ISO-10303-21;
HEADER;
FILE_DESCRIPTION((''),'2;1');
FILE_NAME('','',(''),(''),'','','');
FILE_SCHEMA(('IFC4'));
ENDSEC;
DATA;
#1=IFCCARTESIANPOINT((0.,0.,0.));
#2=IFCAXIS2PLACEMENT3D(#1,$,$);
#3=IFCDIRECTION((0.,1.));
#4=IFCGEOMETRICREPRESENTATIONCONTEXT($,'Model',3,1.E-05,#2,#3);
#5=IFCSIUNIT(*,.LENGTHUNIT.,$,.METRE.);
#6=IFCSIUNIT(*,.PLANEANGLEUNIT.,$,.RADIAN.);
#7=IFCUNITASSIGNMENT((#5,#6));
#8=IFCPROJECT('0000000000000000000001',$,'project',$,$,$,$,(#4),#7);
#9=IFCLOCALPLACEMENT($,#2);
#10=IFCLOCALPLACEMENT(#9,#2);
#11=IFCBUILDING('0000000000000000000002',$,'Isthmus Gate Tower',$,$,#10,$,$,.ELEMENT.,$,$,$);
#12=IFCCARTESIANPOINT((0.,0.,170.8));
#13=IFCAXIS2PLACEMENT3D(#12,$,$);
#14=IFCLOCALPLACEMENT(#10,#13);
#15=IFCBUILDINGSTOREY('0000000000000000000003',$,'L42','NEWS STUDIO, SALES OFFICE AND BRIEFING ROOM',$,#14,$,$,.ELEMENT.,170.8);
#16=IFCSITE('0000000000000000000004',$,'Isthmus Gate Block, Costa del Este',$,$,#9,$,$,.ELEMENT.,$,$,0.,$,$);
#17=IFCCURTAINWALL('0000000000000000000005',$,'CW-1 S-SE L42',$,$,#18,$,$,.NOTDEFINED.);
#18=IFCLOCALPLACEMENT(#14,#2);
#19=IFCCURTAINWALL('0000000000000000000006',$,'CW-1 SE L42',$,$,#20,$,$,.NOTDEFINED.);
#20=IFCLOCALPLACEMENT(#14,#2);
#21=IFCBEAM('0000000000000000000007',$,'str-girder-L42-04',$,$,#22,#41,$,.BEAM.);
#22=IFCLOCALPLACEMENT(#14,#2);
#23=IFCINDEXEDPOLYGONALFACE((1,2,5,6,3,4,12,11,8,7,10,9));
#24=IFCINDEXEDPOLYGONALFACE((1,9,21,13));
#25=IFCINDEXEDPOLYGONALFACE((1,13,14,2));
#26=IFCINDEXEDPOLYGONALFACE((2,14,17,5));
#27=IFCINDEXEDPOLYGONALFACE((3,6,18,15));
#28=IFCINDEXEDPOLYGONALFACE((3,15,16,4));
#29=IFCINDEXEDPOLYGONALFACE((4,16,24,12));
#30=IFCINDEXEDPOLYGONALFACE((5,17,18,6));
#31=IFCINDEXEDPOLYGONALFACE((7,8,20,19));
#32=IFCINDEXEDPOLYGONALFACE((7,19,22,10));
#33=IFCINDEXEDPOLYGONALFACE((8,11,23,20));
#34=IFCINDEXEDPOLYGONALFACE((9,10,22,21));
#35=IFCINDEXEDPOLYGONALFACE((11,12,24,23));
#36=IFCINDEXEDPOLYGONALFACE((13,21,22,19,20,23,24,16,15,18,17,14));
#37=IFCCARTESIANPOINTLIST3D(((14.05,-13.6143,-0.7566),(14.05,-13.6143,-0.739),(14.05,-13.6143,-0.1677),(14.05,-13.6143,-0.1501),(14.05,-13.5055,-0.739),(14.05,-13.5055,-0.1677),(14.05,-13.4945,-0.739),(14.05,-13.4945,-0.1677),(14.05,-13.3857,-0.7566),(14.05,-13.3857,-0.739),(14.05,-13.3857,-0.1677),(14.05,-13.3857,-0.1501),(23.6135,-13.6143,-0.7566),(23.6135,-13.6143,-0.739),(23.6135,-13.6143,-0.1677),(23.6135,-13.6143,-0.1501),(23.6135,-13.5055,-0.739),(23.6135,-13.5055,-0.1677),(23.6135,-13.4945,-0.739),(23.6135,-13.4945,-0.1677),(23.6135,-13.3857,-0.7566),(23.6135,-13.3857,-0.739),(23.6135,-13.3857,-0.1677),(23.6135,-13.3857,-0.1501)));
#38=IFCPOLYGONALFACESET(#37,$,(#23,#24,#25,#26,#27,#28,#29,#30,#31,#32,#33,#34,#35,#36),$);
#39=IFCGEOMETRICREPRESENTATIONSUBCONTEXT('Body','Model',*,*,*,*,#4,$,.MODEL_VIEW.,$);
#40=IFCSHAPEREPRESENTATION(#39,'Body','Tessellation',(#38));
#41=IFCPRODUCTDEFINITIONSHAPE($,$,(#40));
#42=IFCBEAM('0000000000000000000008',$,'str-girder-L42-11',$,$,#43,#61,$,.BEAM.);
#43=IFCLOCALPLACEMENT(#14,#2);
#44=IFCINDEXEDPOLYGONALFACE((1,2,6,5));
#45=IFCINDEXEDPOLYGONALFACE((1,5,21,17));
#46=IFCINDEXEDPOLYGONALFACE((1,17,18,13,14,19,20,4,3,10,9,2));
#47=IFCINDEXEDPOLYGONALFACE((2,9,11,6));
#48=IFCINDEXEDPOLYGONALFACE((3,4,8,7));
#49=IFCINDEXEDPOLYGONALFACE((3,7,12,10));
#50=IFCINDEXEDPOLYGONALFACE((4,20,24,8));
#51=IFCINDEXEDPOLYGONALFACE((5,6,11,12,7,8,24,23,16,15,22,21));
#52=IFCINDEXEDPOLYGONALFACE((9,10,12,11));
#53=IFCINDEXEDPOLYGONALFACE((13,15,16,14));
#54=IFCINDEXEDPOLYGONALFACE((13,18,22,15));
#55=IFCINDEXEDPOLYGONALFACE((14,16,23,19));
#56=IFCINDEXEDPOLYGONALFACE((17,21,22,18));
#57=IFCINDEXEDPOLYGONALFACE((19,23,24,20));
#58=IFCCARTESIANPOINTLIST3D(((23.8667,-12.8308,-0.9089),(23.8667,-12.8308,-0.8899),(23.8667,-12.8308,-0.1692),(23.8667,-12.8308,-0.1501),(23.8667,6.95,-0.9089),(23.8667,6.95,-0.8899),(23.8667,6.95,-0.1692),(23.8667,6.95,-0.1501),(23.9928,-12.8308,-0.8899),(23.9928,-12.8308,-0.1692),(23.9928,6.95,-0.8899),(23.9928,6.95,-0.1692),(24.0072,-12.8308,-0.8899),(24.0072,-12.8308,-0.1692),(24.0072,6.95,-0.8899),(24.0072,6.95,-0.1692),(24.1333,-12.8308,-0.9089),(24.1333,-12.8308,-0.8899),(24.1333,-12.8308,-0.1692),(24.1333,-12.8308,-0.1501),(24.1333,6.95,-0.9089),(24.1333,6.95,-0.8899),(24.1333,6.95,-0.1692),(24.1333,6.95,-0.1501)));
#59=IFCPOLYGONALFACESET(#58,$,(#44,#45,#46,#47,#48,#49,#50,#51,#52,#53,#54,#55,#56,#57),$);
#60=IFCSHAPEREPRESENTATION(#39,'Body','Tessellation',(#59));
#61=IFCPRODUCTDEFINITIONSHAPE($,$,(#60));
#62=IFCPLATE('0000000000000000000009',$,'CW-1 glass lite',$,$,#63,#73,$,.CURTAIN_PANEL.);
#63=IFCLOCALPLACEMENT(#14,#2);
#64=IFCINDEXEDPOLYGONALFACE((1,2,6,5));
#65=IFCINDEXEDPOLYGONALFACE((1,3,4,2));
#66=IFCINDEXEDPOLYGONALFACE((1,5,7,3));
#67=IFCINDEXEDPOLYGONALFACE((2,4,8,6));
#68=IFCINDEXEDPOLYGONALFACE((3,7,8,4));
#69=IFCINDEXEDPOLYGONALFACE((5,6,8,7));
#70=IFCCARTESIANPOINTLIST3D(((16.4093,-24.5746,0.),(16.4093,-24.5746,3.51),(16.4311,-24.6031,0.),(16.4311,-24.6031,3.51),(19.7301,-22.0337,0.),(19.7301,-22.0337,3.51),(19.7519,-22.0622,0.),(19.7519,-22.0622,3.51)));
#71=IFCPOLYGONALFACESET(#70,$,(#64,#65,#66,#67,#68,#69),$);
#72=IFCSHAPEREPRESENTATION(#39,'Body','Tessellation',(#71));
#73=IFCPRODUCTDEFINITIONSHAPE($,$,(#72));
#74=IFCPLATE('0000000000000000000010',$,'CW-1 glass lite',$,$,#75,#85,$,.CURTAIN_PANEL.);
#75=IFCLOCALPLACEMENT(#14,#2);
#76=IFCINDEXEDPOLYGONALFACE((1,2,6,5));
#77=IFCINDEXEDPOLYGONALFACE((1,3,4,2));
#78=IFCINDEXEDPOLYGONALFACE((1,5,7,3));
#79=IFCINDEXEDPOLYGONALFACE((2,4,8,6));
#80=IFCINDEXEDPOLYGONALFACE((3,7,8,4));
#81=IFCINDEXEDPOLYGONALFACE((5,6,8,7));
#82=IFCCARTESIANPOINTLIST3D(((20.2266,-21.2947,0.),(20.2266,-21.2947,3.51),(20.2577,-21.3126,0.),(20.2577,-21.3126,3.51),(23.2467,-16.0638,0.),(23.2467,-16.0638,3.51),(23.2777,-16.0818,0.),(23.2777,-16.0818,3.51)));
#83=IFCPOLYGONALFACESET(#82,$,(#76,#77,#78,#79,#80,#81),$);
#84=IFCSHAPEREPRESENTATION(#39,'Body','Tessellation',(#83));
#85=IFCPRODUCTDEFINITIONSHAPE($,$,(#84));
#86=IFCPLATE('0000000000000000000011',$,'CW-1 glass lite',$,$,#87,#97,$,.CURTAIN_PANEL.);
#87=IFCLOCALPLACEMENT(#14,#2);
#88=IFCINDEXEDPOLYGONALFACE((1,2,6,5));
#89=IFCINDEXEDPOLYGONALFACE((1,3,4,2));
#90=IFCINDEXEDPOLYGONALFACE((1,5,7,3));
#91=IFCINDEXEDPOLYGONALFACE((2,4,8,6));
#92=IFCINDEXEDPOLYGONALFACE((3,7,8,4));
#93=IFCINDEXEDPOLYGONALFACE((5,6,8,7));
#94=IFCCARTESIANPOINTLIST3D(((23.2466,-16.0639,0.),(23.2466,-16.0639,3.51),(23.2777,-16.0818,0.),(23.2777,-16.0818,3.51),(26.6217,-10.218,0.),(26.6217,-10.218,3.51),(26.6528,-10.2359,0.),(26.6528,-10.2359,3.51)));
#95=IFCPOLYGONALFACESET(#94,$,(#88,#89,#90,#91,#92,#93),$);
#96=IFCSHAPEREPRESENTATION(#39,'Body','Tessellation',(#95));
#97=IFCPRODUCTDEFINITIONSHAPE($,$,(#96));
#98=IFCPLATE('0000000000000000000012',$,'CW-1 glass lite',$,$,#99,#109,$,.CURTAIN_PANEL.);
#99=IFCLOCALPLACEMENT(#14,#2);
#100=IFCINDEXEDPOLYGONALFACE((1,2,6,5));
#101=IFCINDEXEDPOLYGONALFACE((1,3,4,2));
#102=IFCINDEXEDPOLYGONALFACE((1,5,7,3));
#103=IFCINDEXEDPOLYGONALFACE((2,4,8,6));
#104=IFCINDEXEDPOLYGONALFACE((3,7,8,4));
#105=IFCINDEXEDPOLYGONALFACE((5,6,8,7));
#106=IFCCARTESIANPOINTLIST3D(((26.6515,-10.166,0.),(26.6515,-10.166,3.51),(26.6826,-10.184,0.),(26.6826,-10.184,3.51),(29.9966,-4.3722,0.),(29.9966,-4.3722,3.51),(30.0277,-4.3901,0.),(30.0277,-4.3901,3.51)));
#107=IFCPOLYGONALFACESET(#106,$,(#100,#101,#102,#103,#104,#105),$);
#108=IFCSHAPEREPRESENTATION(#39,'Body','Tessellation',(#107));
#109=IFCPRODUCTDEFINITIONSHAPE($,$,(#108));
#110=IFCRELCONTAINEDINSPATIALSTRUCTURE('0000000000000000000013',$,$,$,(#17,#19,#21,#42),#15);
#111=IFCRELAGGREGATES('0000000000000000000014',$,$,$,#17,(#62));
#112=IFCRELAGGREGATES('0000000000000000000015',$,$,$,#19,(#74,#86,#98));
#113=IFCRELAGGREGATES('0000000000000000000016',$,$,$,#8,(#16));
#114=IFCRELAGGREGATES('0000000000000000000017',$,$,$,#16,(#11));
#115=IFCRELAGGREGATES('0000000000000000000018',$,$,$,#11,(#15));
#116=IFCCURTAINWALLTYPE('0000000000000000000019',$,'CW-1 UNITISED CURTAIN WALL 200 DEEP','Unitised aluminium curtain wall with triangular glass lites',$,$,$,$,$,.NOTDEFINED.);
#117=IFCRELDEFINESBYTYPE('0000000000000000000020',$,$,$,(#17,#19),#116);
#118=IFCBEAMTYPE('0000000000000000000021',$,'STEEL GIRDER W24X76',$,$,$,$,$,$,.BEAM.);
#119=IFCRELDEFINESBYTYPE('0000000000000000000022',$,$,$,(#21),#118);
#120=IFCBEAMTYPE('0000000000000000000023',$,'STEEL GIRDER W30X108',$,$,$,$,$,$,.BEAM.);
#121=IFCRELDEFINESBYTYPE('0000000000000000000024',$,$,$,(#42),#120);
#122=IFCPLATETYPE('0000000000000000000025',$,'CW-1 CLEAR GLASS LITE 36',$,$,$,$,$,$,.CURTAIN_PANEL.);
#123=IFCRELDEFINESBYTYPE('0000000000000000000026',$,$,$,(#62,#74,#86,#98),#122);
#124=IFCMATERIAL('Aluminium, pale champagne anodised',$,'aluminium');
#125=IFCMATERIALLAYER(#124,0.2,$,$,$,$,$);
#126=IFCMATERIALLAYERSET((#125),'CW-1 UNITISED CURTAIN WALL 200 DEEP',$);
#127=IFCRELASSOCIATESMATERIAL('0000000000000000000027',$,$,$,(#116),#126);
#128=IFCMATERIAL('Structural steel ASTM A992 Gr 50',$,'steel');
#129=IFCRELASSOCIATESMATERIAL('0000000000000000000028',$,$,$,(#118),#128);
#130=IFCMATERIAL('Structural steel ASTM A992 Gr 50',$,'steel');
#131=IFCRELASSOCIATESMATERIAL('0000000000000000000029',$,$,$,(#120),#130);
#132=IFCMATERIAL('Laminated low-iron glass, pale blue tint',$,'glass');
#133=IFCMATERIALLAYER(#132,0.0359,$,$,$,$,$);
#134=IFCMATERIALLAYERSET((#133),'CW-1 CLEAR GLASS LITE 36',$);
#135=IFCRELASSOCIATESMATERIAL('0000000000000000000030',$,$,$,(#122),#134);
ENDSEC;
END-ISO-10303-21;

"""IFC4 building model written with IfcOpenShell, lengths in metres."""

from ifc_helpers import new_model, si_unit, direction, frame, origin, origin_2d, place, context, subcontext, project, spatial, rectangle, i_section, extrude, material, layer, layer_set, material_profile, profile_set, type_object, element, aggregate, save


model = new_model("IFC4")

# Units and contexts
model_context = context("Model", 3, precision=1e-05, world=origin(), true_north=direction((0.0, 1.0)))
body_context = subcontext(model_context, "Body", "Model", "MODEL_VIEW")
ifc_project = project(units=[si_unit("LENGTHUNIT", "METRE"), si_unit("PLANEANGLEUNIT", "RADIAN")], contexts=[model_context])

# Site, building, storey
site_placement = place(None, origin())
site = spatial("IfcSite", under=ifc_project, at=site_placement, Name="Isthmus Gate Block, Costa del Este", CompositionType="ELEMENT", RefElevation=0.0)
building_placement = place(site_placement, origin())
building = spatial("IfcBuilding", under=site, at=building_placement, Name="Isthmus Gate Tower", CompositionType="ELEMENT")
storey_placement = place(building_placement, frame((0.0, 0.0, 170.8)))
storey = spatial("IfcBuildingStorey", under=building, at=storey_placement, Name="L42", Description="NEWS STUDIO, SALES OFFICE AND BRIEFING ROOM", CompositionType="ELEMENT", Elevation=170.8)

# Curtain wall
ifc_material_1 = material(Name="Aluminium, pale champagne anodised", Category="aluminium")
ifc_layer_1 = layer(ifc_material_1, 0.2)
ifc_layer_set_1 = layer_set([ifc_layer_1], Name="CW-1 UNITISED CURTAIN WALL 200 DEEP")
curtain_wall_type = type_object("IfcCurtainWallType", Name="CW-1 UNITISED CURTAIN WALL 200 DEEP", Description="Unitised aluminium curtain wall with triangular glass lites", PredefinedType="NOTDEFINED", material=ifc_layer_set_1)
curtain_wall_1_placement = place(storey_placement, origin())
curtain_wall_1 = element("IfcCurtainWall", 1, at=curtain_wall_1_placement, inside=storey, type_object=curtain_wall_type, Name="CW-1 S-SE L42", PredefinedType="NOTDEFINED")

# Curtain wall
curtain_wall_2_placement = place(storey_placement, origin())
curtain_wall_2 = element("IfcCurtainWall", 2, at=curtain_wall_2_placement, inside=storey, type_object=curtain_wall_type, Name="CW-1 SE L42", PredefinedType="NOTDEFINED")

# Beams
ifc_material_2 = material(Name="Structural steel ASTM A992 Gr 50", Category="steel")
ifc_material_profile_1 = material_profile(ifc_material_2, i_section(OverallWidth=0.2285, OverallDepth=0.6064, WebThickness=0.011, FlangeThickness=0.0176, at=origin_2d()), Name="W24X76")
ifc_profile_set_1 = profile_set([ifc_material_profile_1], Name="Structural steel ASTM A992 Gr 50")
beam_type_1 = type_object("IfcBeamType", Name="STEEL GIRDER W24X76", PredefinedType="BEAM", material=ifc_profile_set_1)
beam_1_placement = place(storey_placement, frame((14.05, -13.5, -0.4534), z_axis=(1.0, 0.0, 0.0), x_axis=(0.0, 1.0, 0.0)))
element("IfcBeam", 3, at=beam_1_placement, inside=storey, type_object=beam_type_1, Name="str-girder-L42-04", PredefinedType="BEAM", context=body_context, shape_type="SweptSolid", body=[
    extrude(i_section(OverallWidth=0.2285, OverallDepth=0.6064, WebThickness=0.011, FlangeThickness=0.0176, at=origin_2d()), origin(), (0.0, 0.0, 1.0), 9.5635),
])
ifc_material_3 = material(Name="Structural steel ASTM A992 Gr 50", Category="steel")
ifc_material_profile_2 = material_profile(ifc_material_3, i_section(OverallWidth=0.2666, OverallDepth=0.7588, WebThickness=0.0144, FlangeThickness=0.019, at=origin_2d()), Name="W30X108")
ifc_profile_set_2 = profile_set([ifc_material_profile_2], Name="Structural steel ASTM A992 Gr 50")
beam_type_2 = type_object("IfcBeamType", Name="STEEL GIRDER W30X108", PredefinedType="BEAM", material=ifc_profile_set_2)
beam_2_placement = place(storey_placement, frame((24.0, -12.8308, -0.5295), z_axis=(0.0, 1.0, 0.0), x_axis=(-1.0, 0.0, 0.0)))
element("IfcBeam", 4, at=beam_2_placement, inside=storey, type_object=beam_type_2, Name="str-girder-L42-11", PredefinedType="BEAM", context=body_context, shape_type="SweptSolid", body=[
    extrude(i_section(OverallWidth=0.2666, OverallDepth=0.7588, WebThickness=0.0144, FlangeThickness=0.019, at=origin_2d()), origin(), (0.0, 0.0, 1.0), 19.7808),
])

# Plates
ifc_material_4 = material(Name="Laminated low-iron glass, pale blue tint", Category="glass")
ifc_layer_2 = layer(ifc_material_4, 0.0359)
ifc_layer_set_2 = layer_set([ifc_layer_2], Name="CW-1 CLEAR GLASS LITE 36")
plate_type = type_object("IfcPlateType", Name="CW-1 CLEAR GLASS LITE 36", PredefinedType="CURTAIN_PANEL", material=ifc_layer_set_2)
plate_1_placement = place(storey_placement, frame((18.0806, -23.3184, 0.0), z_axis=(0.0, 0.0, 1.0), x_axis=(0.794189, 0.607671, 0.0)))
plate_1 = element("IfcPlate", 5, at=plate_1_placement, type_object=plate_type, Name="CW-1 glass lite", PredefinedType="CURTAIN_PANEL", context=body_context, shape_type="SweptSolid", body=[
    extrude(rectangle(XDim=4.1814, YDim=0.0359, at=origin_2d()), origin(), (0.0, 0.0, 1.0), 3.51),
])
aggregate(curtain_wall_1, [plate_1])
plate_2_placement = place(storey_placement, frame((21.7522, -18.6882, 0.0), z_axis=(0.0, 0.0, 1.0), x_axis=(0.5, 0.866025, 0.0)))
plate_2 = element("IfcPlate", 6, at=plate_2_placement, type_object=plate_type, Name="CW-1 glass lite", PredefinedType="CURTAIN_PANEL", context=body_context, shape_type="SweptSolid", body=[
    extrude(rectangle(XDim=6.04, YDim=0.0359, at=origin_2d()), origin(), (0.0, 0.0, 1.0), 3.51),
])
plate_3_placement = place(storey_placement, frame((24.9497, -13.1499, 0.0), z_axis=(0.0, 0.0, 1.0), x_axis=(0.5, 0.866025, 0.0)))
plate_3 = element("IfcPlate", 7, at=plate_3_placement, type_object=plate_type, Name="CW-1 glass lite", PredefinedType="CURTAIN_PANEL", context=body_context, shape_type="SweptSolid", body=[
    extrude(rectangle(XDim=6.7502, YDim=0.0359, at=origin_2d()), origin(), (0.0, 0.0, 1.0), 3.51),
])
plate_4_placement = place(storey_placement, frame((28.3396, -7.2781, 0.0), z_axis=(0.0, 0.0, 1.0), x_axis=(0.5, 0.866025, 0.0)))
plate_4 = element("IfcPlate", 8, at=plate_4_placement, type_object=plate_type, Name="CW-1 glass lite", PredefinedType="CURTAIN_PANEL", context=body_context, shape_type="SweptSolid", body=[
    extrude(rectangle(XDim=6.6902, YDim=0.0359, at=origin_2d()), origin(), (0.0, 0.0, 1.0), 3.51),
])
aggregate(curtain_wall_2, [plate_2, plate_3, plate_4])

save(model, "model.ifc")
